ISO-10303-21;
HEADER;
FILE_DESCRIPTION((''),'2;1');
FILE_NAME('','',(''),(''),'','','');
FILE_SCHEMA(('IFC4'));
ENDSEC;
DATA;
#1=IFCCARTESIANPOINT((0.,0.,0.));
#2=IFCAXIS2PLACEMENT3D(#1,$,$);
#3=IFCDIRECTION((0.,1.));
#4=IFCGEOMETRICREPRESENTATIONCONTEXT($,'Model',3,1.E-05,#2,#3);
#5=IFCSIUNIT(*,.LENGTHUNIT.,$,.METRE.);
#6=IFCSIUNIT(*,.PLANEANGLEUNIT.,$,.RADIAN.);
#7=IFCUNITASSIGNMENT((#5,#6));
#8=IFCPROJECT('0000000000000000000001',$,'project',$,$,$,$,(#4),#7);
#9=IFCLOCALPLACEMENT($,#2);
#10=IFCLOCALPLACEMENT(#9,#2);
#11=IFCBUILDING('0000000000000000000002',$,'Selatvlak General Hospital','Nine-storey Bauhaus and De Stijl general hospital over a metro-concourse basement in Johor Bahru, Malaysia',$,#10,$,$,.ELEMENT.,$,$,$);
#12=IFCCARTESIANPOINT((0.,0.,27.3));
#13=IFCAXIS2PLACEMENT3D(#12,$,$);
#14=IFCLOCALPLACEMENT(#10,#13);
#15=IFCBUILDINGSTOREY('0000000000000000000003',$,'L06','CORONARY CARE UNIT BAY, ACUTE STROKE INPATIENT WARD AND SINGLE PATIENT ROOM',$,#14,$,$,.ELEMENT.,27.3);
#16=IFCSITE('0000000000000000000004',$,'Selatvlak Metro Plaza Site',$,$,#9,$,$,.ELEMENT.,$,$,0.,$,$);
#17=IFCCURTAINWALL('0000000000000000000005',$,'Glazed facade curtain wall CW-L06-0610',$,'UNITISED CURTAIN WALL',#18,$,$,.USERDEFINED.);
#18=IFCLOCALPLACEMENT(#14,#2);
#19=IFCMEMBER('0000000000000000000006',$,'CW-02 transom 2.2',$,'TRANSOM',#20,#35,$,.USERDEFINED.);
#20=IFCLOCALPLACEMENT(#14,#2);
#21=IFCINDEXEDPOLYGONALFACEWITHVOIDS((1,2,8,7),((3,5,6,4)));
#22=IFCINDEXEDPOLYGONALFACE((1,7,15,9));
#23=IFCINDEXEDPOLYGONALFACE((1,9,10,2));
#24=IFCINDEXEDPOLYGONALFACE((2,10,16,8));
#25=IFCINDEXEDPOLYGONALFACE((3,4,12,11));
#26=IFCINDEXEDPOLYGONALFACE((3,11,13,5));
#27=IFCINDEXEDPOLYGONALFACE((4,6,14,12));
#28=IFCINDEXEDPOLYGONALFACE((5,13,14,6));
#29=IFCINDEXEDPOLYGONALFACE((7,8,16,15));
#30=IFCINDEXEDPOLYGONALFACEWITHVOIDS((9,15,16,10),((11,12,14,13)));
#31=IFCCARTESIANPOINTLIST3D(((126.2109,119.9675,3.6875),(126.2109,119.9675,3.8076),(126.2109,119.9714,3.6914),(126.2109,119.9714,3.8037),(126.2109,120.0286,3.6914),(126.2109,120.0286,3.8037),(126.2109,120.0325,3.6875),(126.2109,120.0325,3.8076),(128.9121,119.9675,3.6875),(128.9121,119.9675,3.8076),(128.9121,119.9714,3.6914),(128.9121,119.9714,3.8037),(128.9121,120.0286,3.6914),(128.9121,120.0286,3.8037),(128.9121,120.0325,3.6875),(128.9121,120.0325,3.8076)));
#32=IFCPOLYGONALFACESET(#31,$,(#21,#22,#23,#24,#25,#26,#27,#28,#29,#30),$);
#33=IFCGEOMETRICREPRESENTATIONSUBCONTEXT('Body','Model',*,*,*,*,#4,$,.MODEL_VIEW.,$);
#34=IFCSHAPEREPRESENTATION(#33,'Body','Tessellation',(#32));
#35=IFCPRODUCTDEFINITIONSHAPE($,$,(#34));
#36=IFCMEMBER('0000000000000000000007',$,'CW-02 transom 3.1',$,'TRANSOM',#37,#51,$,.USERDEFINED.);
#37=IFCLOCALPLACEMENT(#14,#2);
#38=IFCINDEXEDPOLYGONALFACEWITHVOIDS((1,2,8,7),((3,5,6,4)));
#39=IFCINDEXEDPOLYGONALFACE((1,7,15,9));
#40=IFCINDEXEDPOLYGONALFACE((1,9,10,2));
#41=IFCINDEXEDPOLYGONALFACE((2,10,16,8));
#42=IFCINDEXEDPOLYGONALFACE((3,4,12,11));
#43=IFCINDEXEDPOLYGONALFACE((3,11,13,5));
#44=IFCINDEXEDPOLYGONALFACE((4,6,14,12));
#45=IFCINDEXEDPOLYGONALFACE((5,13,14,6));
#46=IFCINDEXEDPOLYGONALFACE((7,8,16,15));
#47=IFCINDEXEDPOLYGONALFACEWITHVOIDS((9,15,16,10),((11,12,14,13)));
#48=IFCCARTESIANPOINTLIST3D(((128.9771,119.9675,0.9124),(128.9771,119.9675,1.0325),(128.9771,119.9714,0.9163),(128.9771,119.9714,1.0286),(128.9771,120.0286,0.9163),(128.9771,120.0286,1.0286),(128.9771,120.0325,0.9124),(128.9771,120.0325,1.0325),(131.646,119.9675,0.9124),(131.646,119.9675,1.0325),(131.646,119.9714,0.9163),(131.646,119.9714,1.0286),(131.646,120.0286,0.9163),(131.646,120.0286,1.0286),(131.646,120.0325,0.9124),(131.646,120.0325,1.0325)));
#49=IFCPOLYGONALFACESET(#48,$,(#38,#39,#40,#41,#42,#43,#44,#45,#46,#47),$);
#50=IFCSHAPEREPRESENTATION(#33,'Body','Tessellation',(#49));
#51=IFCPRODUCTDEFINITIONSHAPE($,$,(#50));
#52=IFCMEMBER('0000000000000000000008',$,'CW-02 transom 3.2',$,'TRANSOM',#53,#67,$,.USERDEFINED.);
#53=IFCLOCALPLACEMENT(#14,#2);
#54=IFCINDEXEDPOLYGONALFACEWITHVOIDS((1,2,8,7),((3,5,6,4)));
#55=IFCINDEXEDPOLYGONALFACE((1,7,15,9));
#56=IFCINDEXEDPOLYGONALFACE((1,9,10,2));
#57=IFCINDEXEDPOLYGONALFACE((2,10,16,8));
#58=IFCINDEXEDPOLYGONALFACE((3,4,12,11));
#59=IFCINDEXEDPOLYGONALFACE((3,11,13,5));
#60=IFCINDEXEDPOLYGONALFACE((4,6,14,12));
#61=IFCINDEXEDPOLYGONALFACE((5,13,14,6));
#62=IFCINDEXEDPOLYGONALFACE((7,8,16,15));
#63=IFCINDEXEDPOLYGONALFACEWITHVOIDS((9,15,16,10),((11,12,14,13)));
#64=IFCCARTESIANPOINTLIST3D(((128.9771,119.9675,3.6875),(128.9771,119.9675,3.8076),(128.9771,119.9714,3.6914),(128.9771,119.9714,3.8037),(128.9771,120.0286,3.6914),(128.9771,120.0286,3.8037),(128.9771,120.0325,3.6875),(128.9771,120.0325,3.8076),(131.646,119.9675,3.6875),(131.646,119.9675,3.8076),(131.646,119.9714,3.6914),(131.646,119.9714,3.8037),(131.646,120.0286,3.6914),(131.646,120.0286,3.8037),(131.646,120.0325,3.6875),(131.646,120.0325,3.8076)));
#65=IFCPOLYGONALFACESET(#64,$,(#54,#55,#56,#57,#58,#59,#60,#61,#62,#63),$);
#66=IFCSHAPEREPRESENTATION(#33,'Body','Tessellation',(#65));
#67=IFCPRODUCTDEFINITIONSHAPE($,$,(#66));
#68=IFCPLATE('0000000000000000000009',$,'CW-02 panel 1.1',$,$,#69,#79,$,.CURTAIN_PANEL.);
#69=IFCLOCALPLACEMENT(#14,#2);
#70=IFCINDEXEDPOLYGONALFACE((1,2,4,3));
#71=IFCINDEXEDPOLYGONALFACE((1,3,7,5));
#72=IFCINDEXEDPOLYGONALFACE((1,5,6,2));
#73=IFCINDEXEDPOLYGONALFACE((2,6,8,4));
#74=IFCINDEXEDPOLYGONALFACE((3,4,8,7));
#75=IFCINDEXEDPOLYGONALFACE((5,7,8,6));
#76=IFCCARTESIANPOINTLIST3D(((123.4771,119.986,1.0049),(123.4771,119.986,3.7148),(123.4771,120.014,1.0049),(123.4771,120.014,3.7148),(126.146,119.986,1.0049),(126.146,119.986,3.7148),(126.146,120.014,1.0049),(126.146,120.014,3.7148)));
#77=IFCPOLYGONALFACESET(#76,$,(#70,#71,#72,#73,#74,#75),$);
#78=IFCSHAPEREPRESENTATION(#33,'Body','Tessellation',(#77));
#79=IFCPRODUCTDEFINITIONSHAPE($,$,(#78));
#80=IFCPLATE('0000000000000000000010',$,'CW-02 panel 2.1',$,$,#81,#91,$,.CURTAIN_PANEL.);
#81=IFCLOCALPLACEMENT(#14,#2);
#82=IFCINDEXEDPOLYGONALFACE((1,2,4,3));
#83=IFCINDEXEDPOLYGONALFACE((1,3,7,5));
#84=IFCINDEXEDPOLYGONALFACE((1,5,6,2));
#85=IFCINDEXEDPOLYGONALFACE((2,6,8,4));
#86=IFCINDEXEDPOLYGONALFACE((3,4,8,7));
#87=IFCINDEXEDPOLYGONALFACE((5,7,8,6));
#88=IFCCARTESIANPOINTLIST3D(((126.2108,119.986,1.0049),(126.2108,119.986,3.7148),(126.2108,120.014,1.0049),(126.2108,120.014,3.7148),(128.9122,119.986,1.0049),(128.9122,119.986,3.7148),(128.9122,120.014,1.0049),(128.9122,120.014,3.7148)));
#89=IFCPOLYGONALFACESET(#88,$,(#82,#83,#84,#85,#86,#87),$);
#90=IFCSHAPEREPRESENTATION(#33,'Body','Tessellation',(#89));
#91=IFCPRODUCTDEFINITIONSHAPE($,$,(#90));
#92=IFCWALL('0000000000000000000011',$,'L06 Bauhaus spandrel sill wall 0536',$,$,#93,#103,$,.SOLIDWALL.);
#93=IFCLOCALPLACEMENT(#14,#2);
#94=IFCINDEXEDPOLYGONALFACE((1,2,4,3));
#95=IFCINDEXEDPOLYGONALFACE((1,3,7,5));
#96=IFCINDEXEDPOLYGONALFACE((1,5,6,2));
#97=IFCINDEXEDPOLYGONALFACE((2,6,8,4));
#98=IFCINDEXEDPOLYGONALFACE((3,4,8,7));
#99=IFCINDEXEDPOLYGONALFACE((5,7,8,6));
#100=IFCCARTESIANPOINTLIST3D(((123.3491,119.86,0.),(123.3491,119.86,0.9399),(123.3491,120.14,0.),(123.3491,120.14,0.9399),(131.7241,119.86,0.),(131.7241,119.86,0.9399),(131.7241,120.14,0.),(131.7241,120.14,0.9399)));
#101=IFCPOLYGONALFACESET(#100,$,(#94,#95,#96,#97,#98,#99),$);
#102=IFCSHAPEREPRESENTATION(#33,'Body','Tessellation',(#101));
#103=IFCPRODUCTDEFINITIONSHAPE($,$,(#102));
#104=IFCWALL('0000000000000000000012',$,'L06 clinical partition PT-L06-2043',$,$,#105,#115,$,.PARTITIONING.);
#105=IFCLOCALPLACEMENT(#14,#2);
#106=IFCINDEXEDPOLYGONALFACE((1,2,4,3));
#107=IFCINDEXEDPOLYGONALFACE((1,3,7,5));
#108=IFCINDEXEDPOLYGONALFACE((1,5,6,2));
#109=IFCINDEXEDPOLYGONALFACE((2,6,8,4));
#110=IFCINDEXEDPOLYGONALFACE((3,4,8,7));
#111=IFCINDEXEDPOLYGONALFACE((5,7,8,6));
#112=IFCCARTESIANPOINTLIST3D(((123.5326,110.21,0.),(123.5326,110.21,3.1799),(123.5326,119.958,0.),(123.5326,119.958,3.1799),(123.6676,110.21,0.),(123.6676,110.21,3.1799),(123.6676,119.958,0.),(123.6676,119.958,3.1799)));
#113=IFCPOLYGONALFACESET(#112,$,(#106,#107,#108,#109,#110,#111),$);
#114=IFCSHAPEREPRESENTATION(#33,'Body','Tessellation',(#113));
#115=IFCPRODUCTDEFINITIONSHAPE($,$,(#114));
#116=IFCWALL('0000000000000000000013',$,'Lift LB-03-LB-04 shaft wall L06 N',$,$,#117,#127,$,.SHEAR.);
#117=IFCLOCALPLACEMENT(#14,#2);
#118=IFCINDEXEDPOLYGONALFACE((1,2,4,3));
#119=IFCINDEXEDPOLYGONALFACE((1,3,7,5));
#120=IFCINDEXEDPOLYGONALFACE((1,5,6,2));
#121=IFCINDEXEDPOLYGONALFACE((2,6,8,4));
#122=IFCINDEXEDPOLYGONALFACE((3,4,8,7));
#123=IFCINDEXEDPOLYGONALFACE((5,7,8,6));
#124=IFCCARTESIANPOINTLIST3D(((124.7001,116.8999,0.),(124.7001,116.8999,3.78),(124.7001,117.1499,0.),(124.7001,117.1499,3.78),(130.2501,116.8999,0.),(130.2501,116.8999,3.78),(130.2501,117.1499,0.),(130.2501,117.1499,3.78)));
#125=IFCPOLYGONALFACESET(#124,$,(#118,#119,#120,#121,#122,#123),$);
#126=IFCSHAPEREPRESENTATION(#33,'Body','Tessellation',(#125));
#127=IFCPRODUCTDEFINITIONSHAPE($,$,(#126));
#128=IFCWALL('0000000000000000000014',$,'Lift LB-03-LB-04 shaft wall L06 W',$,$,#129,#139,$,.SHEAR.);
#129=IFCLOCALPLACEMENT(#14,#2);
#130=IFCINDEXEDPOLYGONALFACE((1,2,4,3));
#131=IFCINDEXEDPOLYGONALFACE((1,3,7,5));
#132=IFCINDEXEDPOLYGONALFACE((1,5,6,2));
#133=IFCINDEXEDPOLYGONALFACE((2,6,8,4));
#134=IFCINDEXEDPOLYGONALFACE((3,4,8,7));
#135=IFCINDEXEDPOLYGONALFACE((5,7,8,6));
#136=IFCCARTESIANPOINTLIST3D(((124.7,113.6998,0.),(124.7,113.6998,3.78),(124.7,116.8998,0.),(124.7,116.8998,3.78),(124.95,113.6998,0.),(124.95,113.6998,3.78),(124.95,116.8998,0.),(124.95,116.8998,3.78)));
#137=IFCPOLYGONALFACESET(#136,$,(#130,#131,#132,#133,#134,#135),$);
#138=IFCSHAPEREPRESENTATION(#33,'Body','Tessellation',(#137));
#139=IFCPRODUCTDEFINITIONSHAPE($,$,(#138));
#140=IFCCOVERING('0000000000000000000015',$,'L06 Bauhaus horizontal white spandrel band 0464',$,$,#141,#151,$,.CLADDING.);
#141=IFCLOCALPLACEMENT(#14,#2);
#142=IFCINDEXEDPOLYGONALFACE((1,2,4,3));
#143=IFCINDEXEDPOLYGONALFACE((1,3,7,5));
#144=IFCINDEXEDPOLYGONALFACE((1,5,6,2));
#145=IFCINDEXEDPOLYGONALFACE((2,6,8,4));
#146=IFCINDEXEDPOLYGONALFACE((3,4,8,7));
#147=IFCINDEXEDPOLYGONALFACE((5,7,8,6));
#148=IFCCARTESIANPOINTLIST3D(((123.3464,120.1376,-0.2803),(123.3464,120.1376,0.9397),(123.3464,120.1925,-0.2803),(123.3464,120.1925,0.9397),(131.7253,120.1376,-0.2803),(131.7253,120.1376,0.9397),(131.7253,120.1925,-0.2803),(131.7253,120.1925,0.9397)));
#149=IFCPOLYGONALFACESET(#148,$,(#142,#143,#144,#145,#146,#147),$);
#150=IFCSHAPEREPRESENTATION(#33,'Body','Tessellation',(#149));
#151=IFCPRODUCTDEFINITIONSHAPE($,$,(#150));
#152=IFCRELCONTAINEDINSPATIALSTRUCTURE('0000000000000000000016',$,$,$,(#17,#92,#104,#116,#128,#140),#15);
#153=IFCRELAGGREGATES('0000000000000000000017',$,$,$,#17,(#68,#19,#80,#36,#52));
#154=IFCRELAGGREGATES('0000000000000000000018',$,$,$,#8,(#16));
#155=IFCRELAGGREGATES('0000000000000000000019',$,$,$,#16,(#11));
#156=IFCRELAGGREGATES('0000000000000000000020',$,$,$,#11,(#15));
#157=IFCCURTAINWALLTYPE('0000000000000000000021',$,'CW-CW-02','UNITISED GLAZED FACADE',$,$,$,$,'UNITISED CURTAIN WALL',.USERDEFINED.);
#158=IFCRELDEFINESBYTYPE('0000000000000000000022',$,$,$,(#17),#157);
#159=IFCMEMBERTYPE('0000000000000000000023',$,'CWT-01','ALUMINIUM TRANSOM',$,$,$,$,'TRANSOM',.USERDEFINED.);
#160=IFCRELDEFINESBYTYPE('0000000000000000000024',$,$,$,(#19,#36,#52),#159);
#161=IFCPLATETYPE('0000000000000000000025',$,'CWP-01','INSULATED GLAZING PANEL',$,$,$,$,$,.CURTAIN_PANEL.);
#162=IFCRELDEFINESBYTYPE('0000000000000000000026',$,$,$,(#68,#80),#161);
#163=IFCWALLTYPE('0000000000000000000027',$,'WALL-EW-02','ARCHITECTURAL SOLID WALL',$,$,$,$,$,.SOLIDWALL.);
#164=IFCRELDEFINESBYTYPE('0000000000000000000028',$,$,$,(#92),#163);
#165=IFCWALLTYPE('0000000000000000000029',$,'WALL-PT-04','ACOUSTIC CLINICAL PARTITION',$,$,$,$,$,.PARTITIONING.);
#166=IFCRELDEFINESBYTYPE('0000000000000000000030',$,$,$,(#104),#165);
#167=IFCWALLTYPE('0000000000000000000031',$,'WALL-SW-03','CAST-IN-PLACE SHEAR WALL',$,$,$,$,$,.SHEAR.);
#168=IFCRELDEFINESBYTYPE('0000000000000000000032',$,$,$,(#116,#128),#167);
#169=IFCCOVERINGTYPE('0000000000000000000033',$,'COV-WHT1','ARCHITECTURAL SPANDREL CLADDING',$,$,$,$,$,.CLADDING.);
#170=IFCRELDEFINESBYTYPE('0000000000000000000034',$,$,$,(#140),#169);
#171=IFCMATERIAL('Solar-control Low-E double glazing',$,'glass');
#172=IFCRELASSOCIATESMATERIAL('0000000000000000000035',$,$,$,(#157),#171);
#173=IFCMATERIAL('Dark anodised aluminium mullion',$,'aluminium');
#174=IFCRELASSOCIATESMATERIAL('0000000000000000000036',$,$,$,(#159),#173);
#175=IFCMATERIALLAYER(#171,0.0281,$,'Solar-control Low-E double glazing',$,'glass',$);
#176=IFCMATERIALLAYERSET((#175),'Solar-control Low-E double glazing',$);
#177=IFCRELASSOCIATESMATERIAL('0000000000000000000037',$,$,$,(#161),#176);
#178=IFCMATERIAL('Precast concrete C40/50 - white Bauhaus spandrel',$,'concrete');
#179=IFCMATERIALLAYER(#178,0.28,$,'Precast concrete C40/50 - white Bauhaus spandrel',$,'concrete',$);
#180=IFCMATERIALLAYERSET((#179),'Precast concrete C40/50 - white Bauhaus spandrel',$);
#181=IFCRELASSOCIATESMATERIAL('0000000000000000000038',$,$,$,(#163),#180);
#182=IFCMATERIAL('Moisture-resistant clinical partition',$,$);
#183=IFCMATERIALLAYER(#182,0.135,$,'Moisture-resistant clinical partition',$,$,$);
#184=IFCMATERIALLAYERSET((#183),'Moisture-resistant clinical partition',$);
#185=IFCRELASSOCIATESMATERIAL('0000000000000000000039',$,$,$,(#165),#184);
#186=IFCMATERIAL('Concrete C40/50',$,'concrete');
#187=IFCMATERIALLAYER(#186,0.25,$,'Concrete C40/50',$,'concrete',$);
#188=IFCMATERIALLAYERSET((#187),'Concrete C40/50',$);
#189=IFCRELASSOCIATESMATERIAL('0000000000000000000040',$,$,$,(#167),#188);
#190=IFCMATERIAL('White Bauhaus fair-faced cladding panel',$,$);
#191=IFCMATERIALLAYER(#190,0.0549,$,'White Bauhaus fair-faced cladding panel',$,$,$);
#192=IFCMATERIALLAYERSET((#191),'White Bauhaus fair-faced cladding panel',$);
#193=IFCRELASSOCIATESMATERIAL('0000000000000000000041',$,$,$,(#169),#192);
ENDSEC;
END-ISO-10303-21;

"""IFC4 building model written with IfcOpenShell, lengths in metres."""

from ifc_helpers import new_model, si_unit, direction, frame, frame_2d, origin, origin_2d, place, context, subcontext, project, spatial, rectangle, hollow_rectangle, extrude, material, layer, layer_set, material_profile, profile_set, type_object, element, aggregate, save


model = new_model("IFC4")

# Units and contexts
model_context = context("Model", 3, precision=1e-05, world=origin(), true_north=direction((0.0, 1.0)))
body_context = subcontext(model_context, "Body", "Model", "MODEL_VIEW")
ifc_project = project(units=[si_unit("LENGTHUNIT", "METRE"), si_unit("PLANEANGLEUNIT", "RADIAN")], contexts=[model_context])

# Site, building, storey
site_placement = place(None, origin())
site = spatial("IfcSite", under=ifc_project, at=site_placement, Name="Selatvlak Metro Plaza Site", CompositionType="ELEMENT", RefElevation=0.0)
building_placement = place(site_placement, origin())
building = spatial("IfcBuilding", under=site, at=building_placement, Name="Selatvlak General Hospital", Description="Nine-storey Bauhaus and De Stijl general hospital over a metro-concourse basement in Johor Bahru, Malaysia", CompositionType="ELEMENT")
storey_placement = place(building_placement, frame((0.0, 0.0, 27.3)))
storey = spatial("IfcBuildingStorey", under=building, at=storey_placement, Name="L06", Description="CORONARY CARE UNIT BAY, ACUTE STROKE INPATIENT WARD AND SINGLE PATIENT ROOM", CompositionType="ELEMENT", Elevation=27.3)

# Shared definitions
ifc_material_1 = material(Name="Concrete C40/50", Category="concrete")

# Shared definitions
ifc_material_2 = material(Name="Solar-control Low-E double glazing", Category="glass")
ifc_material_3 = material(Name="Dark anodised aluminium mullion", Category="aluminium")

# Curtain wall, members, plates
curtain_wall_type_1 = type_object("IfcCurtainWallType", Name="CW-CW-02", Description="UNITISED GLAZED FACADE", ElementType="UNITISED CURTAIN WALL", PredefinedType="USERDEFINED", material=ifc_material_2)
curtain_wall_1_placement = place(storey_placement, origin())
curtain_wall_1 = element("IfcCurtainWall", 1, at=curtain_wall_1_placement, inside=storey, type_object=curtain_wall_type_1, Name="Glazed facade curtain wall CW-L06-0610", ObjectType="UNITISED CURTAIN WALL", PredefinedType="USERDEFINED")
ifc_material_profile_1 = material_profile(ifc_material_3, hollow_rectangle(XDim=0.0649, YDim=0.1201, WallThickness=0.0039, at=origin_2d()), Name="AL-TRN 65x120x4")
ifc_profile_set_1 = profile_set([ifc_material_profile_1], Name="Dark anodised aluminium mullion")
member_type_1 = type_object("IfcMemberType", Name="CWT-01", Description="ALUMINIUM TRANSOM", ElementType="TRANSOM", PredefinedType="USERDEFINED", material=ifc_profile_set_1)
member_1_placement = place(storey_placement, frame((126.2109, 120.0, 3.7476), z_axis=(1.0, 0.0, 0.0), x_axis=(0.0, 1.0, 0.0)))
member_1 = element("IfcMember", 2, at=member_1_placement, type_object=member_type_1, Name="CW-02 transom 2.2", ObjectType="TRANSOM", PredefinedType="USERDEFINED", context=body_context, shape_type="SweptSolid", body=[
    extrude(hollow_rectangle(XDim=0.0649, YDim=0.1201, WallThickness=0.0039, at=origin_2d()), origin(), (0.0, 0.0, 1.0), 2.7012),
])
member_2_placement = place(storey_placement, frame((128.9771, 120.0, 0.9724), z_axis=(1.0, 0.0, 0.0), x_axis=(0.0, 1.0, 0.0)))
member_2 = element("IfcMember", 3, at=member_2_placement, type_object=member_type_1, Name="CW-02 transom 3.1", ObjectType="TRANSOM", PredefinedType="USERDEFINED", context=body_context, shape_type="SweptSolid", body=[
    extrude(hollow_rectangle(XDim=0.0649, YDim=0.1201, WallThickness=0.0039, at=origin_2d()), origin(), (0.0, 0.0, 1.0), 2.6689),
])
member_3_placement = place(storey_placement, frame((128.9771, 120.0, 3.7476), z_axis=(1.0, 0.0, 0.0), x_axis=(0.0, 1.0, 0.0)))
member_3 = element("IfcMember", 4, at=member_3_placement, type_object=member_type_1, Name="CW-02 transom 3.2", ObjectType="TRANSOM", PredefinedType="USERDEFINED", context=body_context, shape_type="SweptSolid", body=[
    extrude(hollow_rectangle(XDim=0.0649, YDim=0.1201, WallThickness=0.0039, at=origin_2d()), origin(), (0.0, 0.0, 1.0), 2.6689),
])
ifc_layer_1 = layer(ifc_material_2, 0.0281, Name="Solar-control Low-E double glazing", Category="glass")
ifc_layer_set_1 = layer_set([ifc_layer_1], Name="Solar-control Low-E double glazing")
plate_type = type_object("IfcPlateType", Name="CWP-01", Description="INSULATED GLAZING PANEL", PredefinedType="CURTAIN_PANEL", material=ifc_layer_set_1)
plate_1_placement = place(storey_placement, frame((124.8115, 120.0, 1.0049), z_axis=(0.0, 0.0, 1.0), x_axis=(1.0, 0.0, 0.0)))
plate_1 = element("IfcPlate", 5, at=plate_1_placement, type_object=plate_type, Name="CW-02 panel 1.1", PredefinedType="CURTAIN_PANEL", context=body_context, shape_type="SweptSolid", body=[
    extrude(rectangle(XDim=2.6689, YDim=0.0281, at=origin_2d()), origin(), (0.0, 0.0, 1.0), 2.71),
])
plate_2_placement = place(storey_placement, frame((127.5615, 120.0, 1.0049), z_axis=(0.0, 0.0, 1.0), x_axis=(1.0, 0.0, 0.0)))
plate_2 = element("IfcPlate", 6, at=plate_2_placement, type_object=plate_type, Name="CW-02 panel 2.1", PredefinedType="CURTAIN_PANEL", context=body_context, shape_type="SweptSolid", body=[
    extrude(rectangle(XDim=2.7014, YDim=0.0281, at=origin_2d()), origin(), (0.0, 0.0, 1.0), 2.71),
])
aggregate(curtain_wall_1, [plate_1, member_1, plate_2, member_2, member_3])

# Walls
ifc_material_4 = material(Name="Precast concrete C40/50 - white Bauhaus spandrel", Category="concrete")
ifc_layer_2 = layer(ifc_material_4, 0.28, Name="Precast concrete C40/50 - white Bauhaus spandrel", Category="concrete")
ifc_layer_set_2 = layer_set([ifc_layer_2], Name="Precast concrete C40/50 - white Bauhaus spandrel")
wall_type_1 = type_object("IfcWallType", Name="WALL-EW-02", Description="ARCHITECTURAL SOLID WALL", PredefinedType="SOLIDWALL", material=ifc_layer_set_2)
wall_1_placement = place(storey_placement, frame((123.3491, 120.0, 0.0), z_axis=(0.0, 0.0, 1.0), x_axis=(1.0, 0.0, 0.0)))
element("IfcWall", 7, at=wall_1_placement, inside=storey, type_object=wall_type_1, Name="L06 Bauhaus spandrel sill wall 0536", PredefinedType="SOLIDWALL", context=body_context, shape_type="SweptSolid", body=[
    extrude(rectangle(XDim=8.375, YDim=0.28, at=frame_2d((4.1875, 0.0))), origin(), (0.0, 0.0, 1.0), 0.9399),
])
ifc_material_5 = material(Name="Moisture-resistant clinical partition")
ifc_layer_3 = layer(ifc_material_5, 0.135, Name="Moisture-resistant clinical partition")
ifc_layer_set_3 = layer_set([ifc_layer_3], Name="Moisture-resistant clinical partition")
wall_type_2 = type_object("IfcWallType", Name="WALL-PT-04", Description="ACOUSTIC CLINICAL PARTITION", PredefinedType="PARTITIONING", material=ifc_layer_set_3)
wall_2_placement = place(storey_placement, frame((123.6001, 119.958, 0.0), z_axis=(0.0, 0.0, 1.0), x_axis=(0.0, -1.0, 0.0)))
element("IfcWall", 8, at=wall_2_placement, inside=storey, type_object=wall_type_2, Name="L06 clinical partition PT-L06-2043", PredefinedType="PARTITIONING", context=body_context, shape_type="SweptSolid", body=[
    extrude(rectangle(XDim=9.748, YDim=0.135, at=frame_2d((4.874, 0.0))), origin(), (0.0, 0.0, 1.0), 3.1799),
])
ifc_layer_4 = layer(ifc_material_1, 0.25, Name="Concrete C40/50", Category="concrete")
ifc_layer_set_4 = layer_set([ifc_layer_4], Name="Concrete C40/50")
wall_type_3 = type_object("IfcWallType", Name="WALL-SW-03", Description="CAST-IN-PLACE SHEAR WALL", PredefinedType="SHEAR", material=ifc_layer_set_4)
wall_3_placement = place(storey_placement, frame((130.25, 117.0249, 0.0), z_axis=(0.0, 0.0, 1.0), x_axis=(-1.0, 0.0, 0.0)))
element("IfcWall", 9, at=wall_3_placement, inside=storey, type_object=wall_type_3, Name="Lift LB-03-LB-04 shaft wall L06 N", PredefinedType="SHEAR", context=body_context, shape_type="SweptSolid", body=[
    extrude(rectangle(XDim=5.55, YDim=0.25, at=frame_2d((2.7749, 0.0))), origin(), (0.0, 0.0, 1.0), 3.78),
])
wall_4_placement = place(storey_placement, frame((124.825, 116.8999, 0.0), z_axis=(0.0, 0.0, 1.0), x_axis=(0.0, -1.0, 0.0)))
element("IfcWall", 10, at=wall_4_placement, inside=storey, type_object=wall_type_3, Name="Lift LB-03-LB-04 shaft wall L06 W", PredefinedType="SHEAR", context=body_context, shape_type="SweptSolid", body=[
    extrude(rectangle(XDim=3.2, YDim=0.25, at=frame_2d((1.6001, 0.0))), origin(), (0.0, 0.0, 1.0), 3.78),
])

# Covering
ifc_material_6 = material(Name="White Bauhaus fair-faced cladding panel")
ifc_layer_5 = layer(ifc_material_6, 0.0549, Name="White Bauhaus fair-faced cladding panel")
ifc_layer_set_5 = layer_set([ifc_layer_5], Name="White Bauhaus fair-faced cladding panel")
covering_type = type_object("IfcCoveringType", Name="COV-WHT1", Description="ARCHITECTURAL SPANDREL CLADDING", PredefinedType="CLADDING", material=ifc_layer_set_5)
covering_placement = place(storey_placement, frame((127.5359, 120.165, -0.2803), z_axis=(0.0, 0.0, 1.0), x_axis=(1.0, 0.0, 0.0)))
element("IfcCovering", 11, at=covering_placement, inside=storey, type_object=covering_type, Name="L06 Bauhaus horizontal white spandrel band 0464", PredefinedType="CLADDING", context=body_context, shape_type="SweptSolid", body=[
    extrude(rectangle(XDim=8.3789, YDim=0.0549, at=origin_2d()), origin(), (0.0, 0.0, 1.0), 1.22),
])

save(model, "model.ifc")
